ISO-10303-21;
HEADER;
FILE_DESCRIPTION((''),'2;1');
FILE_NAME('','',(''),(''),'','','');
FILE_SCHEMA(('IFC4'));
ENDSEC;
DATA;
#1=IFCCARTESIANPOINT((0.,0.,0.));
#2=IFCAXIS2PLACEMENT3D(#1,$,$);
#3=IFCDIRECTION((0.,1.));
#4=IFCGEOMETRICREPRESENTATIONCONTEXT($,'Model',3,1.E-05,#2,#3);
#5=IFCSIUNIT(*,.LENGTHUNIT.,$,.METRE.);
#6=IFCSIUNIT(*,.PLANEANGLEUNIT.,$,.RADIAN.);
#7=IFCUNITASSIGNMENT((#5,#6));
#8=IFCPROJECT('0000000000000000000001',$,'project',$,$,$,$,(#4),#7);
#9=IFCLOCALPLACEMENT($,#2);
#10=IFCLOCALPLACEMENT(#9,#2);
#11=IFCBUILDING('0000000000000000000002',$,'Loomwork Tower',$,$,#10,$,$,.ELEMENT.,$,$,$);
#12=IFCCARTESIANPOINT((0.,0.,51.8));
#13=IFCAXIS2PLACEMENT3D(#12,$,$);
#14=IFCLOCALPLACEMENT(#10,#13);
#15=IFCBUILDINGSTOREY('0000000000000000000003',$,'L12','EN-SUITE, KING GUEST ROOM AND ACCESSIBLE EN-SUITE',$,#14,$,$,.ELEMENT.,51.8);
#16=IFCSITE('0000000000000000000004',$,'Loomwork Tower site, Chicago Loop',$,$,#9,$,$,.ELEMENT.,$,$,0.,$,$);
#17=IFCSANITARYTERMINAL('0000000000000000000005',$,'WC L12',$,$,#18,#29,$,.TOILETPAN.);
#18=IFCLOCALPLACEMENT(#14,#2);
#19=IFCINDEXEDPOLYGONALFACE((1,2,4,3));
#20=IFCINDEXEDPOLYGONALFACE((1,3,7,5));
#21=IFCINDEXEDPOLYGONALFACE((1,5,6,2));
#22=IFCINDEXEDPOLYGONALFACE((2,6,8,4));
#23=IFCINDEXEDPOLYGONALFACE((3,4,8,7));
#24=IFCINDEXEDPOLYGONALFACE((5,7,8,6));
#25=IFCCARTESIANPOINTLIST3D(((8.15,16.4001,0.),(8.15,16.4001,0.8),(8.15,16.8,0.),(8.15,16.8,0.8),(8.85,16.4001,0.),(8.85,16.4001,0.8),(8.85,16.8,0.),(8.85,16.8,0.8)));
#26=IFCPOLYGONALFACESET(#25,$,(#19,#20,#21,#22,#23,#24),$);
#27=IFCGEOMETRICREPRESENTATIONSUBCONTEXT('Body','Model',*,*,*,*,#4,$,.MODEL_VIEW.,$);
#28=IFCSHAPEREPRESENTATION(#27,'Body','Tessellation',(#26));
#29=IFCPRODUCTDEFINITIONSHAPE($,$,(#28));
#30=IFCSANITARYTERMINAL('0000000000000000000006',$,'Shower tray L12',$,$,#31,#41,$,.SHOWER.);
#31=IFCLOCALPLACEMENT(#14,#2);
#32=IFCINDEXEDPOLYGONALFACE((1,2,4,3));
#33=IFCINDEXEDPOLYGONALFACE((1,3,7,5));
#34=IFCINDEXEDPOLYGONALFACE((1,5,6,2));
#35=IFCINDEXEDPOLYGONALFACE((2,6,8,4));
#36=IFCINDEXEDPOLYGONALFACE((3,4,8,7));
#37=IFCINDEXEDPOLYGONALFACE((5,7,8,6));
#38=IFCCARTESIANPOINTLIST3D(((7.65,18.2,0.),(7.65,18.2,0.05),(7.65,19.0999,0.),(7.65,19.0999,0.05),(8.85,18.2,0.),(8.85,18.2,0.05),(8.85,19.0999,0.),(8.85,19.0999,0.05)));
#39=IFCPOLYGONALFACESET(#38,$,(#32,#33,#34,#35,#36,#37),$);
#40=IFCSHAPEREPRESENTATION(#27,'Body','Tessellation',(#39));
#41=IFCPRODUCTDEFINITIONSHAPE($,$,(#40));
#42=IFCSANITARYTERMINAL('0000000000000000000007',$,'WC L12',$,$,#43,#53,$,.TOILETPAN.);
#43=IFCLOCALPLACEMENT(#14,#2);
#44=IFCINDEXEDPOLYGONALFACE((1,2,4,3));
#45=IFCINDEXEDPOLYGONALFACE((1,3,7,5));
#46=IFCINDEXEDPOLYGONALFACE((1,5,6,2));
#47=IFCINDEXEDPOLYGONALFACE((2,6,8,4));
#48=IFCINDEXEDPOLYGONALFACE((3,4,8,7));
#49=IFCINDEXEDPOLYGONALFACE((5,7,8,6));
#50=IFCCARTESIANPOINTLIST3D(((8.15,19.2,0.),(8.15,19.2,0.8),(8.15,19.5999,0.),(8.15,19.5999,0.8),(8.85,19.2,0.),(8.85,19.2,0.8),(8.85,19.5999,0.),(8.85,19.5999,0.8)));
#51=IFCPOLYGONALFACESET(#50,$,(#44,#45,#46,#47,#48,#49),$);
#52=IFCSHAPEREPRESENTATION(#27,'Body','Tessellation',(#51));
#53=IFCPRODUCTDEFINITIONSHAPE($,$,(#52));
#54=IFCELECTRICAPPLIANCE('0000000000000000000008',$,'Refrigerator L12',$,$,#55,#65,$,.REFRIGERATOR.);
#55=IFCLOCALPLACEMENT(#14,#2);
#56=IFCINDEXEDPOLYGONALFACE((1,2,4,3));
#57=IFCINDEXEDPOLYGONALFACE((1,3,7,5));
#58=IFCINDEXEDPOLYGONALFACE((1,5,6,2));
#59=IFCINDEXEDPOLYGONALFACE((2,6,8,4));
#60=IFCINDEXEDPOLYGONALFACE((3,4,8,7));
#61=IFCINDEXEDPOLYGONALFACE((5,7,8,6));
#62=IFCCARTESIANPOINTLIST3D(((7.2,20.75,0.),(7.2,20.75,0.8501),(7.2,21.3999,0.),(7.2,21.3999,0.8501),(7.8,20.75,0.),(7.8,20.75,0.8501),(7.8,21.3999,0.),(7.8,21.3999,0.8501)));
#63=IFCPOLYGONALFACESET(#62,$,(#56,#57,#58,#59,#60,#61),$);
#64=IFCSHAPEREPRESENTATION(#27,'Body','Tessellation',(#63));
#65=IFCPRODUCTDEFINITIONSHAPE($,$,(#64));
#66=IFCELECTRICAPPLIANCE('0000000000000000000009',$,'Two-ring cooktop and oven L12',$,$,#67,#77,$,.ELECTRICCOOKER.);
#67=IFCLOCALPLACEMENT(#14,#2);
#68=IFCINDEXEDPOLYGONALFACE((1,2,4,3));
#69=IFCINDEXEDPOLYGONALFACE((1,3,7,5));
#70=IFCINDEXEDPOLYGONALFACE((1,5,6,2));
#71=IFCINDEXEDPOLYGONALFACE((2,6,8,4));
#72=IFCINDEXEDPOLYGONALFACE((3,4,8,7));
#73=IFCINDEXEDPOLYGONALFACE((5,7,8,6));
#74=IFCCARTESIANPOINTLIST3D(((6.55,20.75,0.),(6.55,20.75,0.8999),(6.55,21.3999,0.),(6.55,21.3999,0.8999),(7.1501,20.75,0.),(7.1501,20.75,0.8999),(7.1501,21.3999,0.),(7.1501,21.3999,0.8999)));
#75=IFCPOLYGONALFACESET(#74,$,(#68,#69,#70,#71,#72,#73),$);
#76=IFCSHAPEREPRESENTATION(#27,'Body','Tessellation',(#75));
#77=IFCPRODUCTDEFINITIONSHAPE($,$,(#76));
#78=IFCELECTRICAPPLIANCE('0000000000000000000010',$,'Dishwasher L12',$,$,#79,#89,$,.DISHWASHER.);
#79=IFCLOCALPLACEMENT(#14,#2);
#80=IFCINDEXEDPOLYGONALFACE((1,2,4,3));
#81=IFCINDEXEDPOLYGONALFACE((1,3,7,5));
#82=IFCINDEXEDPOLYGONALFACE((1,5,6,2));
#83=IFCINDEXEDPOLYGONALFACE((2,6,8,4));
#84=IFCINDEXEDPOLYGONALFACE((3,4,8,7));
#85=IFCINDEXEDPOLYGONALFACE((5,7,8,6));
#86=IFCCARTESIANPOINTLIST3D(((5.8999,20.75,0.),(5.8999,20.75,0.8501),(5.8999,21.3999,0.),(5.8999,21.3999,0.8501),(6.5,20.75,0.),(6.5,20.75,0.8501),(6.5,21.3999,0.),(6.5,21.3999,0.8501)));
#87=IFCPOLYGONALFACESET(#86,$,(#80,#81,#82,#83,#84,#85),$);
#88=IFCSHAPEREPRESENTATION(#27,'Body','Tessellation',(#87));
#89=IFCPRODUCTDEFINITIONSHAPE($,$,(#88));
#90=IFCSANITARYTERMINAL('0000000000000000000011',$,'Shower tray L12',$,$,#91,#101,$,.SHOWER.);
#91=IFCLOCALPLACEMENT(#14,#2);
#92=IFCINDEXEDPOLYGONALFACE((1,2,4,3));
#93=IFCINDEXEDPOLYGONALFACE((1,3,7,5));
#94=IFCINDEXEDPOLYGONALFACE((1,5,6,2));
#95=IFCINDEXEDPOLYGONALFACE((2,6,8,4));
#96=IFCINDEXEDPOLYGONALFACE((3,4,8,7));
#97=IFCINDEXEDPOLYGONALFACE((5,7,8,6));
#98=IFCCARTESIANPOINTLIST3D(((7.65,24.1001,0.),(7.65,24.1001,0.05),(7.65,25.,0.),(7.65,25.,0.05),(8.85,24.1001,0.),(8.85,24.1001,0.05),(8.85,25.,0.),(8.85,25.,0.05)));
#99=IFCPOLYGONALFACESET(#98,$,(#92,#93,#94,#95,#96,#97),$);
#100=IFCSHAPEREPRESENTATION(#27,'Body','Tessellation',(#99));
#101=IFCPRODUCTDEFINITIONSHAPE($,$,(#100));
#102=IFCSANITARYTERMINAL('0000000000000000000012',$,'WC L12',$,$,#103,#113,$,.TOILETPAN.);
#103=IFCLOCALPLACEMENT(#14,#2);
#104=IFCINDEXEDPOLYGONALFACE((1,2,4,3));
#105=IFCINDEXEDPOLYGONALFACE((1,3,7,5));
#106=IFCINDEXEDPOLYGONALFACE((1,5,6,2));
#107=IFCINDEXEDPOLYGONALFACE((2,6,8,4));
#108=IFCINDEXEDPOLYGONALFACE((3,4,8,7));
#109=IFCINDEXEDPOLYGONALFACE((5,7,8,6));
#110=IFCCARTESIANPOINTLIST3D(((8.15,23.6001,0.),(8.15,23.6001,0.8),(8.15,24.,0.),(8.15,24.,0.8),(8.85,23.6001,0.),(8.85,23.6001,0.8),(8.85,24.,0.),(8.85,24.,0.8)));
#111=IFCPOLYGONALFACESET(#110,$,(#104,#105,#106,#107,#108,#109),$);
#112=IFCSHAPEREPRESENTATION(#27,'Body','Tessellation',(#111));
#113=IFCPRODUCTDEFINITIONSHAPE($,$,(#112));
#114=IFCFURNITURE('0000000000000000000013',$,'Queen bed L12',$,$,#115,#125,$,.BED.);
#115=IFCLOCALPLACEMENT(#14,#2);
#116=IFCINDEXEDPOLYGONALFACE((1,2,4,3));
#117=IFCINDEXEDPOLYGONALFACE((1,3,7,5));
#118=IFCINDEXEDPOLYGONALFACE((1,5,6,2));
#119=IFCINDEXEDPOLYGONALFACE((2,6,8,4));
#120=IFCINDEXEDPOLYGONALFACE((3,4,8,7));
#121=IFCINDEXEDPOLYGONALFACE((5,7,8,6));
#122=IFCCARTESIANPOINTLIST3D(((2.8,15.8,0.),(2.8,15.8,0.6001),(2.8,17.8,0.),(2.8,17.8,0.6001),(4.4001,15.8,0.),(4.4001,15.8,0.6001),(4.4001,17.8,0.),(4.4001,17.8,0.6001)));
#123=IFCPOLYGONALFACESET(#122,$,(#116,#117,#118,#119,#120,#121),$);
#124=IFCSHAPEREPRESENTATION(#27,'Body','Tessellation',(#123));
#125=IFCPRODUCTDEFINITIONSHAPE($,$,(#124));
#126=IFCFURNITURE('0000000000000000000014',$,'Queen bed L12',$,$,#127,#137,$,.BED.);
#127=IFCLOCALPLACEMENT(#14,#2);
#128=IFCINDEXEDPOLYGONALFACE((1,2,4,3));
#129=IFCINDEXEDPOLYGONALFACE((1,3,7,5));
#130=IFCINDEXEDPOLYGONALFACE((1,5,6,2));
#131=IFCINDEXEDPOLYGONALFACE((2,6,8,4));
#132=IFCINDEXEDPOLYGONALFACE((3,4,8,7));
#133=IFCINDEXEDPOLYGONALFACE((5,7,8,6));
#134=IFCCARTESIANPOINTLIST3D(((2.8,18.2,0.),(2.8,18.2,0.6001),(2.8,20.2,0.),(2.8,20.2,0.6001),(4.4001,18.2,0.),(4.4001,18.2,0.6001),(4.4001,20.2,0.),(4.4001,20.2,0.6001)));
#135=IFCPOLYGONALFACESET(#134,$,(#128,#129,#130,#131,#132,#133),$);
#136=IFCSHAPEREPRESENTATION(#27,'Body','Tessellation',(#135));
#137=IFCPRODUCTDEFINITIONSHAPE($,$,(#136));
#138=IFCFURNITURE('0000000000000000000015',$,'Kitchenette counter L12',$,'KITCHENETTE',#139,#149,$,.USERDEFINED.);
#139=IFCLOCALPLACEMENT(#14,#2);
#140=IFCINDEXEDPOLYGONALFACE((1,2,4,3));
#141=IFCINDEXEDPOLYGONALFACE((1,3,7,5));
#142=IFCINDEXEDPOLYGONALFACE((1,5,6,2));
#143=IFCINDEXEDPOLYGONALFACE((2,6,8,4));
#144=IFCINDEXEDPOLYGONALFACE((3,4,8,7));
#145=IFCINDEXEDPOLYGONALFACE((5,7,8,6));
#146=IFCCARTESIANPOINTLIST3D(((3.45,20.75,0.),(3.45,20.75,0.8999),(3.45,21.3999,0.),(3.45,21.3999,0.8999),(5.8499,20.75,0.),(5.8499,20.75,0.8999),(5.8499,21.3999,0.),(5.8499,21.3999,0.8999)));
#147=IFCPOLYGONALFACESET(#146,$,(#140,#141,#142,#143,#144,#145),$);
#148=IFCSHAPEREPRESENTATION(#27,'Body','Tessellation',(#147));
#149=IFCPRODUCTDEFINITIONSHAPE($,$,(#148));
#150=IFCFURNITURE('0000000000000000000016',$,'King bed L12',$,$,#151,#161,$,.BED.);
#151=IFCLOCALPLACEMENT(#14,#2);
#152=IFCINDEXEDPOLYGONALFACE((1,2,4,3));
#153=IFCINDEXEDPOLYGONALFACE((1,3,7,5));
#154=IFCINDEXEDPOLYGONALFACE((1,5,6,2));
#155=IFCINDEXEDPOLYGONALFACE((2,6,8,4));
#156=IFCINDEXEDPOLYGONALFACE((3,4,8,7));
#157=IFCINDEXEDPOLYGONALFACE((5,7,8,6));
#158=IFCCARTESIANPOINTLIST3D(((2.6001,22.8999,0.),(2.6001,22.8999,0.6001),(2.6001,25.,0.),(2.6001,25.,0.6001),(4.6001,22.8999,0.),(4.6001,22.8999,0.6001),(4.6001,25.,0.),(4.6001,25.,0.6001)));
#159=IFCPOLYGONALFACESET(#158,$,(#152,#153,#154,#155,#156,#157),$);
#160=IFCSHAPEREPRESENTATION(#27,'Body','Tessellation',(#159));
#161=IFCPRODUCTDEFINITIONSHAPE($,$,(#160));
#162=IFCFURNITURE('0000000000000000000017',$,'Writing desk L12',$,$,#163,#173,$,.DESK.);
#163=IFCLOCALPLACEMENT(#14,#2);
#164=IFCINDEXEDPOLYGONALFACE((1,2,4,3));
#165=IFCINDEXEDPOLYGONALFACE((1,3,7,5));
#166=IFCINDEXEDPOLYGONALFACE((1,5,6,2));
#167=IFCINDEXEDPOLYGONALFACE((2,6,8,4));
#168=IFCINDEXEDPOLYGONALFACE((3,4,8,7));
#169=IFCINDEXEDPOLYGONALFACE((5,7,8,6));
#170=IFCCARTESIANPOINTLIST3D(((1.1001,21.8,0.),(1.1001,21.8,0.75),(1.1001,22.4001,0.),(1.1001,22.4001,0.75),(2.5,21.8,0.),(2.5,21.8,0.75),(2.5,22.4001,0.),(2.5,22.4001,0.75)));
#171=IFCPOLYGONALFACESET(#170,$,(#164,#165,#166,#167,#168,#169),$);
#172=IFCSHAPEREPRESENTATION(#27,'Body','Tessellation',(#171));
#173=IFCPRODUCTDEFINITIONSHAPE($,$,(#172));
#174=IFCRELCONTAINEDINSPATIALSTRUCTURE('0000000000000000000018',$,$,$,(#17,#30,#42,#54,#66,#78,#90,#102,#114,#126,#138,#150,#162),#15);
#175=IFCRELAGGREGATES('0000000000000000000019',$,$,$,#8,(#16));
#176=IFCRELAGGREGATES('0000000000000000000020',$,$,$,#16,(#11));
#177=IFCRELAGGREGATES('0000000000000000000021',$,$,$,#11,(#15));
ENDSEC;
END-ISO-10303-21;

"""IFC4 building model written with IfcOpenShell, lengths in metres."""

from ifc_helpers import new_model, si_unit, direction, frame, origin, origin_2d, place, context, subcontext, project, spatial, rectangle, extrude, element, save


model = new_model("IFC4")

# Units and contexts
model_context = context("Model", 3, precision=1e-05, world=origin(), true_north=direction((0.0, 1.0)))
body_context = subcontext(model_context, "Body", "Model", "MODEL_VIEW")
ifc_project = project(units=[si_unit("LENGTHUNIT", "METRE"), si_unit("PLANEANGLEUNIT", "RADIAN")], contexts=[model_context])

# Site, building, storey
site_placement = place(None, origin())
site = spatial("IfcSite", under=ifc_project, at=site_placement, Name="Loomwork Tower site, Chicago Loop", CompositionType="ELEMENT", RefElevation=0.0)
building_placement = place(site_placement, origin())
building = spatial("IfcBuilding", under=site, at=building_placement, Name="Loomwork Tower", CompositionType="ELEMENT")
storey_placement = place(building_placement, frame((0.0, 0.0, 51.8)))
storey = spatial("IfcBuildingStorey", under=building, at=storey_placement, Name="L12", Description="EN-SUITE, KING GUEST ROOM AND ACCESSIBLE EN-SUITE", CompositionType="ELEMENT", Elevation=51.8)

# Sanitary terminals
sanitary_terminal_1_placement = place(storey_placement, frame((8.5, 16.6001, 0.0), z_axis=(0.0, 0.0, 1.0), x_axis=(1.0, 0.0, 0.0)))
element("IfcSanitaryTerminal", 1, at=sanitary_terminal_1_placement, inside=storey, Name="WC L12", PredefinedType="TOILETPAN", context=body_context, shape_type="SweptSolid", body=[
    extrude(rectangle(XDim=0.7, YDim=0.3999, at=origin_2d()), origin(), (0.0, 0.0, 1.0), 0.8),
])
sanitary_terminal_2_placement = place(storey_placement, frame((8.25, 18.6499, 0.0), z_axis=(0.0, 0.0, 1.0), x_axis=(1.0, 0.0, 0.0)))
element("IfcSanitaryTerminal", 2, at=sanitary_terminal_2_placement, inside=storey, Name="Shower tray L12", PredefinedType="SHOWER", context=body_context, shape_type="SweptSolid", body=[
    extrude(rectangle(XDim=1.2, YDim=0.8999, at=origin_2d()), origin(), (0.0, 0.0, 1.0), 0.05),
])
sanitary_terminal_3_placement = place(storey_placement, frame((8.5, 19.3999, 0.0), z_axis=(0.0, 0.0, 1.0), x_axis=(1.0, 0.0, 0.0)))
element("IfcSanitaryTerminal", 3, at=sanitary_terminal_3_placement, inside=storey, Name="WC L12", PredefinedType="TOILETPAN", context=body_context, shape_type="SweptSolid", body=[
    extrude(rectangle(XDim=0.7, YDim=0.3999, at=origin_2d()), origin(), (0.0, 0.0, 1.0), 0.8),
])

# Electric appliances
electric_appliance_1_placement = place(storey_placement, frame((7.5, 21.075, 0.0), z_axis=(0.0, 0.0, 1.0), x_axis=(1.0, 0.0, 0.0)))
element("IfcElectricAppliance", 4, at=electric_appliance_1_placement, inside=storey, Name="Refrigerator L12", PredefinedType="REFRIGERATOR", context=body_context, shape_type="SweptSolid", body=[
    extrude(rectangle(XDim=0.6001, YDim=0.6499, at=origin_2d()), origin(), (0.0, 0.0, 1.0), 0.8501),
])
electric_appliance_2_placement = place(storey_placement, frame((6.8501, 21.075, 0.0), z_axis=(0.0, 0.0, 1.0), x_axis=(1.0, 0.0, 0.0)))
element("IfcElectricAppliance", 5, at=electric_appliance_2_placement, inside=storey, Name="Two-ring cooktop and oven L12", PredefinedType="ELECTRICCOOKER", context=body_context, shape_type="SweptSolid", body=[
    extrude(rectangle(XDim=0.6001, YDim=0.6499, at=origin_2d()), origin(), (0.0, 0.0, 1.0), 0.8999),
])
electric_appliance_3_placement = place(storey_placement, frame((6.2, 21.075, 0.0), z_axis=(0.0, 0.0, 1.0), x_axis=(1.0, 0.0, 0.0)))
element("IfcElectricAppliance", 6, at=electric_appliance_3_placement, inside=storey, Name="Dishwasher L12", PredefinedType="DISHWASHER", context=body_context, shape_type="SweptSolid", body=[
    extrude(rectangle(XDim=0.6001, YDim=0.6499, at=origin_2d()), origin(), (0.0, 0.0, 1.0), 0.8501),
])

# Sanitary terminals
sanitary_terminal_4_placement = place(storey_placement, frame((8.25, 24.55, 0.0), z_axis=(0.0, 0.0, 1.0), x_axis=(1.0, 0.0, 0.0)))
element("IfcSanitaryTerminal", 7, at=sanitary_terminal_4_placement, inside=storey, Name="Shower tray L12", PredefinedType="SHOWER", context=body_context, shape_type="SweptSolid", body=[
    extrude(rectangle(XDim=1.2, YDim=0.8999, at=origin_2d()), origin(), (0.0, 0.0, 1.0), 0.05),
])
sanitary_terminal_5_placement = place(storey_placement, frame((8.5, 23.8, 0.0), z_axis=(0.0, 0.0, 1.0), x_axis=(1.0, 0.0, 0.0)))
element("IfcSanitaryTerminal", 8, at=sanitary_terminal_5_placement, inside=storey, Name="WC L12", PredefinedType="TOILETPAN", context=body_context, shape_type="SweptSolid", body=[
    extrude(rectangle(XDim=0.7, YDim=0.3999, at=origin_2d()), origin(), (0.0, 0.0, 1.0), 0.8),
])

# Furniture
for number, where, z_axis, x_axis, name in (
    (9, (3.6001, 16.8, 0.0), (0.0, 0.0, 1.0), (1.0, 0.0, 0.0), "Queen bed L12"),
    (10, (3.6001, 19.2, 0.0), (0.0, 0.0, 1.0), (1.0, 0.0, 0.0), "Queen bed L12"),
):
    element("IfcFurniture", number, at=place(storey_placement, frame(where, z_axis=z_axis, x_axis=x_axis)), inside=storey, Name=name, PredefinedType="BED", context=body_context, shape_type="SweptSolid", body=[
        extrude(rectangle(XDim=1.6001, YDim=2.0, at=origin_2d()), origin(), (0.0, 0.0, 1.0), 0.6001),
    ])
furniture_1_placement = place(storey_placement, frame((4.6499, 21.075, 0.0), z_axis=(0.0, 0.0, 1.0), x_axis=(1.0, 0.0, 0.0)))
element("IfcFurniture", 11, at=furniture_1_placement, inside=storey, Name="Kitchenette counter L12", ObjectType="KITCHENETTE", PredefinedType="USERDEFINED", context=body_context, shape_type="SweptSolid", body=[
    extrude(rectangle(XDim=2.3999, YDim=0.6499, at=origin_2d()), origin(), (0.0, 0.0, 1.0), 0.8999),
])
furniture_2_placement = place(storey_placement, frame((3.6001, 23.95, 0.0), z_axis=(0.0, 0.0, 1.0), x_axis=(1.0, 0.0, 0.0)))
element("IfcFurniture", 12, at=furniture_2_placement, inside=storey, Name="King bed L12", PredefinedType="BED", context=body_context, shape_type="SweptSolid", body=[
    extrude(rectangle(XDim=2.0, YDim=2.1001, at=origin_2d()), origin(), (0.0, 0.0, 1.0), 0.6001),
])
furniture_3_placement = place(storey_placement, frame((1.8, 22.1001, 0.0), z_axis=(0.0, 0.0, 1.0), x_axis=(1.0, 0.0, 0.0)))
element("IfcFurniture", 13, at=furniture_3_placement, inside=storey, Name="Writing desk L12", PredefinedType="DESK", context=body_context, shape_type="SweptSolid", body=[
    extrude(rectangle(XDim=1.3999, YDim=0.6001, at=origin_2d()), origin(), (0.0, 0.0, 1.0), 0.75),
])

save(model, "model.ifc")
